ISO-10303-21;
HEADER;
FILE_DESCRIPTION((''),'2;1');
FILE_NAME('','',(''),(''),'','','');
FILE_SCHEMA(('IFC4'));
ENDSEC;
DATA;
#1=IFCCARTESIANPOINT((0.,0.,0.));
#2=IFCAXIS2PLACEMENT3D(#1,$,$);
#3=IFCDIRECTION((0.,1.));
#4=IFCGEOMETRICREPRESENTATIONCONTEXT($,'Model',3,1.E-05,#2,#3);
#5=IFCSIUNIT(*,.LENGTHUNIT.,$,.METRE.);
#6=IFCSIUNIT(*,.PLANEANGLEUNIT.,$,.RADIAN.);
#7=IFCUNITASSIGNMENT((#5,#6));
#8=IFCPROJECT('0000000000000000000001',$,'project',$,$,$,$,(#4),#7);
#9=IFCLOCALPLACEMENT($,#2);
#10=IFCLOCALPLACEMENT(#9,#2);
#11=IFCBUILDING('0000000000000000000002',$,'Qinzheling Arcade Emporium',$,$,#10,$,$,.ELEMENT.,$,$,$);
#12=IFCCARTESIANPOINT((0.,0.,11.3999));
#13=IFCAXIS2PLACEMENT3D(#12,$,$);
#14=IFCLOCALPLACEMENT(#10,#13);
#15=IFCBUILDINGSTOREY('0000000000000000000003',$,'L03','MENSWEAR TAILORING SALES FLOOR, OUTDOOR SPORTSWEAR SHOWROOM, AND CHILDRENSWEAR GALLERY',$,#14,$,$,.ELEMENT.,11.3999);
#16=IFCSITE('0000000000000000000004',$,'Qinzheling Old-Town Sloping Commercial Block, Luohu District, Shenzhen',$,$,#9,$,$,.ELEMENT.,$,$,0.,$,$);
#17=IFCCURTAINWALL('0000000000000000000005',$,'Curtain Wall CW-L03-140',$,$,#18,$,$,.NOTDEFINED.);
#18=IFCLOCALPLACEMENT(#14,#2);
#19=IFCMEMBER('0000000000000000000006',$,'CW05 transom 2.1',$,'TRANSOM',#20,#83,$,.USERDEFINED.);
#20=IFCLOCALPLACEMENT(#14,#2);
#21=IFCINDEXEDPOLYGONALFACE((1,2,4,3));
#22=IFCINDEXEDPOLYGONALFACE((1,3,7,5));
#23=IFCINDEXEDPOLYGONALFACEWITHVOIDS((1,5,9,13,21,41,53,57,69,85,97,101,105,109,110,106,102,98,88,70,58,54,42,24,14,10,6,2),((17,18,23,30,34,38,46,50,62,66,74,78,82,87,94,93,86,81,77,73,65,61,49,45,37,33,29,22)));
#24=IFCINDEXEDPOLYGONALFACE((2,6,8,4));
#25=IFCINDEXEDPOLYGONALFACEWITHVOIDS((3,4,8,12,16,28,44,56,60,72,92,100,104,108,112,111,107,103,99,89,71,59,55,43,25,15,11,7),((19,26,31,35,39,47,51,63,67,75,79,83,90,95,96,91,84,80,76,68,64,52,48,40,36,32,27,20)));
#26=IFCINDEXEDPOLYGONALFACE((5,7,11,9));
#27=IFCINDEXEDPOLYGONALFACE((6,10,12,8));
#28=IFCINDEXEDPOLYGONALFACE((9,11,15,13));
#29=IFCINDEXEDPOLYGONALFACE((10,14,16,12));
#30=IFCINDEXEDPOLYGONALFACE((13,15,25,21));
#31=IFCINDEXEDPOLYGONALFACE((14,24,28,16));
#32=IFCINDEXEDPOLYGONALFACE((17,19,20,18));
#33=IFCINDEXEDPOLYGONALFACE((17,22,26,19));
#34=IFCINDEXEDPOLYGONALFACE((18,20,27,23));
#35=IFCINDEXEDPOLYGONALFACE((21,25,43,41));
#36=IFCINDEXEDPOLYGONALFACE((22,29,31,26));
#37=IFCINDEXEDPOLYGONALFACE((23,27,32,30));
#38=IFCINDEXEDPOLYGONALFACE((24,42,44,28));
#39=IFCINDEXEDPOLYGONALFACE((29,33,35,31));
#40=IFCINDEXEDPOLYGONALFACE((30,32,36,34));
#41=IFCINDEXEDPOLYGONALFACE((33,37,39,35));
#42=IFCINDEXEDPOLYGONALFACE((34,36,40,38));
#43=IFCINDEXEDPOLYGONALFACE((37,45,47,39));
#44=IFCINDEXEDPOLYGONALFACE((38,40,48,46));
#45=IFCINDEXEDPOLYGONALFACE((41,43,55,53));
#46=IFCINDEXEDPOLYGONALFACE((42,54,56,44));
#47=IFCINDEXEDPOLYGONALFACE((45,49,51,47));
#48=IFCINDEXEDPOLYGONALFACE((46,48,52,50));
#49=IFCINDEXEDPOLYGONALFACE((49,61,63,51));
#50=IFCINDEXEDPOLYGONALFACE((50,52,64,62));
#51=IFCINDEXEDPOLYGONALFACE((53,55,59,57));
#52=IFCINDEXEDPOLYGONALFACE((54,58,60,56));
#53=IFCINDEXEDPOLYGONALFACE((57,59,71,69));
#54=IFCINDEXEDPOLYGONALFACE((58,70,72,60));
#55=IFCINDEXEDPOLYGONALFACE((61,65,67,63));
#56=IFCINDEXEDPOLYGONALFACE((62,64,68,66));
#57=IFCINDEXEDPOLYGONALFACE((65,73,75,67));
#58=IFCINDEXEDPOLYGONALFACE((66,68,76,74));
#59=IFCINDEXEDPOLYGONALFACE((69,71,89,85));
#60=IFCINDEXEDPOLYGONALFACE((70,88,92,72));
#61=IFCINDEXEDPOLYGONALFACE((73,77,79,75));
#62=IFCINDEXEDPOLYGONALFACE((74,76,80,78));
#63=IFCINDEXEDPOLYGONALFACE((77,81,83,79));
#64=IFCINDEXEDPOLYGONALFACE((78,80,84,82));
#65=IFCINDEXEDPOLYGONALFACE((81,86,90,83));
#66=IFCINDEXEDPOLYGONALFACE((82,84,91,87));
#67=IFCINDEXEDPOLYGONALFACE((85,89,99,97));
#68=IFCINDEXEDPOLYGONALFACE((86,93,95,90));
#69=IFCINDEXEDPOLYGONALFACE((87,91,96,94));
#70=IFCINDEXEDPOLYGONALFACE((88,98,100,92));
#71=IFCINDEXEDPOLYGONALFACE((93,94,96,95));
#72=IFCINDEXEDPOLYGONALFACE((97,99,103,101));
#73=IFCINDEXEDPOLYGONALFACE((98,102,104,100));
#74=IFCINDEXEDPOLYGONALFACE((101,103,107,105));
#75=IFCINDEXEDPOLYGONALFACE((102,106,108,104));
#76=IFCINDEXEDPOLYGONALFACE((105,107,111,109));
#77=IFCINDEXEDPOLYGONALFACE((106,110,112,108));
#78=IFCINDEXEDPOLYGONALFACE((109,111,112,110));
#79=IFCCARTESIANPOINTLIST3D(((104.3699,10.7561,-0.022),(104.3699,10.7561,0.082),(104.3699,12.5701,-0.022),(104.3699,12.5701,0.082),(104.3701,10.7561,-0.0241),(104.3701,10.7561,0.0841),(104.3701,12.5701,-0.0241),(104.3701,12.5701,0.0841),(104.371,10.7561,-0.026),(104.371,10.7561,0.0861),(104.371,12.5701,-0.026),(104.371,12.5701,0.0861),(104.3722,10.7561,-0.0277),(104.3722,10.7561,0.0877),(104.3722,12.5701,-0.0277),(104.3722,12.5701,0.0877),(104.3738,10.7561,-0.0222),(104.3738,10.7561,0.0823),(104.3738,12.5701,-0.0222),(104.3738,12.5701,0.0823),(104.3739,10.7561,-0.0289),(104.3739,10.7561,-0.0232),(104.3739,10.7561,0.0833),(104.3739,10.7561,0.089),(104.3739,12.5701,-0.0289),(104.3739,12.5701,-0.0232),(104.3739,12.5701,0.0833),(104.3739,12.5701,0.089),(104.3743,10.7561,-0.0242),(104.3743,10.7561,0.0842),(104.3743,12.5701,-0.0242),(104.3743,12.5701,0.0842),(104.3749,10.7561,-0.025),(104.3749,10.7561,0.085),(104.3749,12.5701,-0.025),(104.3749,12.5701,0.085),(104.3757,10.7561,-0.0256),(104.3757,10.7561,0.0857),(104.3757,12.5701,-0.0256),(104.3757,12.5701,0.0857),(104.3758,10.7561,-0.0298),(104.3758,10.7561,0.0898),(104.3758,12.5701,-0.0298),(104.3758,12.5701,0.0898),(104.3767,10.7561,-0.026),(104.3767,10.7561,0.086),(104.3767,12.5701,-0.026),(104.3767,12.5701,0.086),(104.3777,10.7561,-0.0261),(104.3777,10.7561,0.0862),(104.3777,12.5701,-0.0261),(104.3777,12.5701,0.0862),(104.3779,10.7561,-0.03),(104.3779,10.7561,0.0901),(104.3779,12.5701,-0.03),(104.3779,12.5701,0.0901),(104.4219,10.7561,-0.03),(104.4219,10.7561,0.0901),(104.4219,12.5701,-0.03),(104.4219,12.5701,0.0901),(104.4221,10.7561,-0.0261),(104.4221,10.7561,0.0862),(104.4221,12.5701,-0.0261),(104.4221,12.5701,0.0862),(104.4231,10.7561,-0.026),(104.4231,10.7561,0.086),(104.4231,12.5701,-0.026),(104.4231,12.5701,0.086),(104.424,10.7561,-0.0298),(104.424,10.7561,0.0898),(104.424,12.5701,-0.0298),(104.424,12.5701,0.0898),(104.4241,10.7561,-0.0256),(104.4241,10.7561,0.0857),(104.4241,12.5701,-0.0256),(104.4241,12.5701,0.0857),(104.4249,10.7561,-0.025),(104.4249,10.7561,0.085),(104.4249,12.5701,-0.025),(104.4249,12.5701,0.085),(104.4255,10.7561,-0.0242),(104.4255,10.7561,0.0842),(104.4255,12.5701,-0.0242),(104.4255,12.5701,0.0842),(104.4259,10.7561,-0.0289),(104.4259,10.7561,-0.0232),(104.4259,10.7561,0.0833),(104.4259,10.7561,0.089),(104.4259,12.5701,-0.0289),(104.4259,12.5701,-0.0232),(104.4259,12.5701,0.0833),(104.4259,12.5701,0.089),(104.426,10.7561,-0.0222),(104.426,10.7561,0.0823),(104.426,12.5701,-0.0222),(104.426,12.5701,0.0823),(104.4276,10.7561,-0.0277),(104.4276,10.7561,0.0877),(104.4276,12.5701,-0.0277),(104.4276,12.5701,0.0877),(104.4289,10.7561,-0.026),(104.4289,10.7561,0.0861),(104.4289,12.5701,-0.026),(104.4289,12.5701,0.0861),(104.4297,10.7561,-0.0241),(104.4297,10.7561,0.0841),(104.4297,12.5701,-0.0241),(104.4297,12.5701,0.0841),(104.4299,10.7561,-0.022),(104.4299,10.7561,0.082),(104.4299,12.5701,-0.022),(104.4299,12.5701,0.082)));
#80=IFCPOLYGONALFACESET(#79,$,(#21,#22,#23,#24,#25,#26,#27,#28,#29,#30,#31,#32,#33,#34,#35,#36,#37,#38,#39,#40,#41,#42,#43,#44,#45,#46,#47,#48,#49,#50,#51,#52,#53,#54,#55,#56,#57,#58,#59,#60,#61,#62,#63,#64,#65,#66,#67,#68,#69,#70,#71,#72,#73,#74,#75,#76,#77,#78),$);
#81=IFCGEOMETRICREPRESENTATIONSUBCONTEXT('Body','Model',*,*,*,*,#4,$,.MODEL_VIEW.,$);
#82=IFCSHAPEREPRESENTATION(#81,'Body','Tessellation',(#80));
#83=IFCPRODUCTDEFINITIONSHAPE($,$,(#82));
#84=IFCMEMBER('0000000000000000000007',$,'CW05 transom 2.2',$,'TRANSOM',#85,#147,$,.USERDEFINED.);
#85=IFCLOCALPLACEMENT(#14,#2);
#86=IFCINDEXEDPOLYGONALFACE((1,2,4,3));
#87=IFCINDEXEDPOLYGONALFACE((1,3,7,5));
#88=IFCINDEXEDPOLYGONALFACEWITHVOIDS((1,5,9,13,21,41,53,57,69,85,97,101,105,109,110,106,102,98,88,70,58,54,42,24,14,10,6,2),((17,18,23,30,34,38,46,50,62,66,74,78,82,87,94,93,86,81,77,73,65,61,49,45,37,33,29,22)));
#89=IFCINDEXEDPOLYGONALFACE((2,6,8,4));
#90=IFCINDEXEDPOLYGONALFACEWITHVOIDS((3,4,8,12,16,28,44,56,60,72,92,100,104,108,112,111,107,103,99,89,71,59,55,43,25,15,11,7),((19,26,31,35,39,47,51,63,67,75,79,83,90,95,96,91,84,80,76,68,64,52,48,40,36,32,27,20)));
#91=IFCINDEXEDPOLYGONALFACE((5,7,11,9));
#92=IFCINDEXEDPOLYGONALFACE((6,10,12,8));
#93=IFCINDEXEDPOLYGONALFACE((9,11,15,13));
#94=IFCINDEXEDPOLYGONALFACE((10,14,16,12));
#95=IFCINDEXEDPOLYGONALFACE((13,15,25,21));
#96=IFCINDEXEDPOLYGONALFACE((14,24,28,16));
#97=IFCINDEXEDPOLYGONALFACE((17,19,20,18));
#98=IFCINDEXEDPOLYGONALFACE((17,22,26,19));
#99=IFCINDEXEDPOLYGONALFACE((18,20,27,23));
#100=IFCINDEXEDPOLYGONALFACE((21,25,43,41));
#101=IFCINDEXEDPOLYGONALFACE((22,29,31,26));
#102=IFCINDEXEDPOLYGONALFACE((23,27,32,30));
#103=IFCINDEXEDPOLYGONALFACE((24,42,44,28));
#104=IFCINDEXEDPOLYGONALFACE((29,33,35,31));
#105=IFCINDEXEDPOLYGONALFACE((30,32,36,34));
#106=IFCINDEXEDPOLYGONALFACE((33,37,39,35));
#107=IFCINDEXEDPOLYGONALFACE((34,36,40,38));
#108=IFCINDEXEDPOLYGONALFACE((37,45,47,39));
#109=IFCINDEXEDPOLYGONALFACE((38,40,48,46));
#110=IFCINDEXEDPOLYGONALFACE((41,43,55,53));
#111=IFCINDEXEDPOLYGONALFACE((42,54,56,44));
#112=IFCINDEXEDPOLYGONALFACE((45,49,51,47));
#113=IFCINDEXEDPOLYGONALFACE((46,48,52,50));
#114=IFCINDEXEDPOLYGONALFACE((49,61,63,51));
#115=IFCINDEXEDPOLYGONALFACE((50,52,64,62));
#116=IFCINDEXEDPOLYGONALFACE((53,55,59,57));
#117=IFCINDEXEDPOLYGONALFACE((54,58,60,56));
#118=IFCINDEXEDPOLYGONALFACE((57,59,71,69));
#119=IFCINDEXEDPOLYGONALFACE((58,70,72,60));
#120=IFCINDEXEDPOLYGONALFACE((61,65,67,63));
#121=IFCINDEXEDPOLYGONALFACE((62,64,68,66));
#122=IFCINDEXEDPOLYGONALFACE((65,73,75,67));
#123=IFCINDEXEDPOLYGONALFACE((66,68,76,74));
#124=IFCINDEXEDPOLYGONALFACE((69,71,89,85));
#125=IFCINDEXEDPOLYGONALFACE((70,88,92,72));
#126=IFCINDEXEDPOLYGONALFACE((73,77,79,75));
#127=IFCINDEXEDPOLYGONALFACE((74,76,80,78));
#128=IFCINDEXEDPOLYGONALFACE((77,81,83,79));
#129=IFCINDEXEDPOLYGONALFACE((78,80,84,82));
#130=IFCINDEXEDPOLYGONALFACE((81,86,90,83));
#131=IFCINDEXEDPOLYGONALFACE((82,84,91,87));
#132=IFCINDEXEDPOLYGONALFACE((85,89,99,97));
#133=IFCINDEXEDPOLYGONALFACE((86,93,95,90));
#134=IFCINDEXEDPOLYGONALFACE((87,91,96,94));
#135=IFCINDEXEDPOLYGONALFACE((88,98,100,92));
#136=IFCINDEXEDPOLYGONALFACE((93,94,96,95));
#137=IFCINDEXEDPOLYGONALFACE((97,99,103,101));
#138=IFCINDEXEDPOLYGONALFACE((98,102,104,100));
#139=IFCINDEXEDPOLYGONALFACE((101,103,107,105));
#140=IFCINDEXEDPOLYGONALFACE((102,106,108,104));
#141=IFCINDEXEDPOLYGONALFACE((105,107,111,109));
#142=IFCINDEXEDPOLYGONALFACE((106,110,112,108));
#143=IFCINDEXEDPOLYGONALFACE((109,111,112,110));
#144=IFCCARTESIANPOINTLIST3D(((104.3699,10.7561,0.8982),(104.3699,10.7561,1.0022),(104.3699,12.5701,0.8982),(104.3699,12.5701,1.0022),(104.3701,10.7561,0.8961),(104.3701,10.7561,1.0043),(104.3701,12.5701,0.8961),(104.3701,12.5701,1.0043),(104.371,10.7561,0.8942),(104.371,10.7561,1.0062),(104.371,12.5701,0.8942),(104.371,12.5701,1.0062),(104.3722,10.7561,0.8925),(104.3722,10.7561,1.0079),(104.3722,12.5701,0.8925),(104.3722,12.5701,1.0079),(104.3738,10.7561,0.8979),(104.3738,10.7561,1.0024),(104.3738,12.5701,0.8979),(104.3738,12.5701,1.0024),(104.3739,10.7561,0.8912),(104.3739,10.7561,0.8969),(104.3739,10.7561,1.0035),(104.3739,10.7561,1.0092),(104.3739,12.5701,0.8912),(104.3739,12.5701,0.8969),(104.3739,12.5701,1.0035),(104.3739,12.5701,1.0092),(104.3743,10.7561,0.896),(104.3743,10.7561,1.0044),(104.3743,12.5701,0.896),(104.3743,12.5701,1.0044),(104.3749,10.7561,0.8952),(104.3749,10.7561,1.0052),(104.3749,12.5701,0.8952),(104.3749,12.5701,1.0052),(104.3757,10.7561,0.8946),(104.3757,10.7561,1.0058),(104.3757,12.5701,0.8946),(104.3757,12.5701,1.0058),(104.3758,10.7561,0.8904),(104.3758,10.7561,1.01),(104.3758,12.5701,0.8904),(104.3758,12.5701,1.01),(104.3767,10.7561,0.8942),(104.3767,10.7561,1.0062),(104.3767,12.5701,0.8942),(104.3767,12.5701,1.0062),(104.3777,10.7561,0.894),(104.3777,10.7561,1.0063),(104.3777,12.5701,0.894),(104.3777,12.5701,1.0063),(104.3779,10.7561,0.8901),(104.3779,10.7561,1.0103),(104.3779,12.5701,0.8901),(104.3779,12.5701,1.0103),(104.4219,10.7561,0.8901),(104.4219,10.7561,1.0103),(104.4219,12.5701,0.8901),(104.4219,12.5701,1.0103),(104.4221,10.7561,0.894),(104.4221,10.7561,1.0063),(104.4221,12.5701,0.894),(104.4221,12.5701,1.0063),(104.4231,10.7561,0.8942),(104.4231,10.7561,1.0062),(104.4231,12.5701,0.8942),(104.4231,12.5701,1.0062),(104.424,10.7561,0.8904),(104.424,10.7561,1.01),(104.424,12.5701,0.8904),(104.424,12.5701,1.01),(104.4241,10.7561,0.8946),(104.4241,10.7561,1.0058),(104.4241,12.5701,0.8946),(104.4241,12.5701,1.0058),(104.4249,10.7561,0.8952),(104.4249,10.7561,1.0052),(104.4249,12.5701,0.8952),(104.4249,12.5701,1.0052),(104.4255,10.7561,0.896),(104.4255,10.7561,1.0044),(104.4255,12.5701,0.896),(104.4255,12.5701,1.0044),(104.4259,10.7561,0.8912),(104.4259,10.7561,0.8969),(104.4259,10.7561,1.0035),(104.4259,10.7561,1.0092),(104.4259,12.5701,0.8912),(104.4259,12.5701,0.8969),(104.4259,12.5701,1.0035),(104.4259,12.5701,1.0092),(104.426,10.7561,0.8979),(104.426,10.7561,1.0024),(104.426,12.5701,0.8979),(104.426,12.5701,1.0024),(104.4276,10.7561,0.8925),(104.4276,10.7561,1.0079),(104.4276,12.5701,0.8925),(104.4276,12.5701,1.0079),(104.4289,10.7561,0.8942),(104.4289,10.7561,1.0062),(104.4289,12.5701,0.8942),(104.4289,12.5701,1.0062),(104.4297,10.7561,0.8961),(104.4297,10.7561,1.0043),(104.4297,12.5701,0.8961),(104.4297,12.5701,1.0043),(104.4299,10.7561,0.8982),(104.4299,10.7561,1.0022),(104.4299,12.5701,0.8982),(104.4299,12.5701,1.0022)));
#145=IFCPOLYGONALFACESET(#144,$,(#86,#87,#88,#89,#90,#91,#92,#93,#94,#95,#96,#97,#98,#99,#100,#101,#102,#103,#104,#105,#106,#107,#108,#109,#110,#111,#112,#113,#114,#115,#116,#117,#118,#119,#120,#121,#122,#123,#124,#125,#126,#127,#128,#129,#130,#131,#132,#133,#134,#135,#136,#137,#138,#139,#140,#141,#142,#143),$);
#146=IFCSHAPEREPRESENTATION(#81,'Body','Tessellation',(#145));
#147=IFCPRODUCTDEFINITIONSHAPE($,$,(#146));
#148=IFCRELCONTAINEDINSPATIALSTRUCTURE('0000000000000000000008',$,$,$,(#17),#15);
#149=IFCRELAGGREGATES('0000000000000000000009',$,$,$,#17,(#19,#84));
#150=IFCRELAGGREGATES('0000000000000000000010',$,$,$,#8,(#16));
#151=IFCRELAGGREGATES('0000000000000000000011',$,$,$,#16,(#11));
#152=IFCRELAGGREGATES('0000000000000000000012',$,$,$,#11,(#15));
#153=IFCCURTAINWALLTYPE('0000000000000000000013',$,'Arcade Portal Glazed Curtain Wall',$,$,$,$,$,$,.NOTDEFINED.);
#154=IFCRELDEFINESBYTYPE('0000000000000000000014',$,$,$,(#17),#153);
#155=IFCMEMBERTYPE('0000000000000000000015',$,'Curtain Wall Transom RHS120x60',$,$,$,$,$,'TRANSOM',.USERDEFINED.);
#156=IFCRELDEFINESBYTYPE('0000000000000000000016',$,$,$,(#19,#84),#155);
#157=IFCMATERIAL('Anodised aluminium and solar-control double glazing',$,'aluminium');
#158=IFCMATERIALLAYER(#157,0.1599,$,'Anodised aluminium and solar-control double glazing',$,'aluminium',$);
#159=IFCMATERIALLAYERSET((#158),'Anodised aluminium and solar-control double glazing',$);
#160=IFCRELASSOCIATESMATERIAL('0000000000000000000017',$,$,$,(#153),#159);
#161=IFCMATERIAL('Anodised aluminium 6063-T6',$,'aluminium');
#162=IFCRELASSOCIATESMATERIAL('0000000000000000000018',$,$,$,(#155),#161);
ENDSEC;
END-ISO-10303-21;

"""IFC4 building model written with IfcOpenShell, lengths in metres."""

from ifc_helpers import new_model, si_unit, direction, frame, origin, origin_2d, place, context, subcontext, project, spatial, hollow_rectangle, extrude, material, layer, layer_set, material_profile, profile_set, type_object, element, aggregate, save


model = new_model("IFC4")

# Units and contexts
model_context = context("Model", 3, precision=1e-05, world=origin(), true_north=direction((0.0, 1.0)))
body_context = subcontext(model_context, "Body", "Model", "MODEL_VIEW")
ifc_project = project(units=[si_unit("LENGTHUNIT", "METRE"), si_unit("PLANEANGLEUNIT", "RADIAN")], contexts=[model_context])

# Site, building, storey
site_placement = place(None, origin())
site = spatial("IfcSite", under=ifc_project, at=site_placement, Name="Qinzheling Old-Town Sloping Commercial Block, Luohu District, Shenzhen", CompositionType="ELEMENT", RefElevation=0.0)
building_placement = place(site_placement, origin())
building = spatial("IfcBuilding", under=site, at=building_placement, Name="Qinzheling Arcade Emporium", CompositionType="ELEMENT")
storey_placement = place(building_placement, frame((0.0, 0.0, 11.3999)))
storey = spatial("IfcBuildingStorey", under=building, at=storey_placement, Name="L03", Description="MENSWEAR TAILORING SALES FLOOR, OUTDOOR SPORTSWEAR SHOWROOM, AND CHILDRENSWEAR GALLERY", CompositionType="ELEMENT", Elevation=11.3999)

# Curtain wall, members
ifc_material_1 = material(Name="Anodised aluminium and solar-control double glazing", Category="aluminium")
ifc_layer_1 = layer(ifc_material_1, 0.1599, Name="Anodised aluminium and solar-control double glazing", Category="aluminium")
ifc_layer_set_1 = layer_set([ifc_layer_1], Name="Anodised aluminium and solar-control double glazing")
curtain_wall_type = type_object("IfcCurtainWallType", Name="Arcade Portal Glazed Curtain Wall", PredefinedType="NOTDEFINED", material=ifc_layer_set_1)
curtain_wall_placement = place(storey_placement, origin())
curtain_wall = element("IfcCurtainWall", 1, at=curtain_wall_placement, inside=storey, type_object=curtain_wall_type, Name="Curtain Wall CW-L03-140", PredefinedType="NOTDEFINED")
ifc_material_2 = material(Name="Anodised aluminium 6063-T6", Category="aluminium")
ifc_material_profile_1 = material_profile(ifc_material_2, hollow_rectangle(XDim=0.0601, YDim=0.1201, WallThickness=0.0039, InnerFilletRadius=0.0039, OuterFilletRadius=0.0081, at=origin_2d()), Name="RHS 120x60x4", Category="aluminium")
ifc_profile_set_1 = profile_set([ifc_material_profile_1], Name="Anodised aluminium 6063-T6")
member_type_1 = type_object("IfcMemberType", Name="Curtain Wall Transom RHS120x60", ElementType="TRANSOM", PredefinedType="USERDEFINED", material=ifc_profile_set_1)
member_1_placement = place(storey_placement, frame((104.3999, 10.7561, 0.03), z_axis=(0.0, 1.0, 0.0), x_axis=(-1.0, 0.0, 0.0)))
member_1 = element("IfcMember", 2, at=member_1_placement, type_object=member_type_1, Name="CW05 transom 2.1", ObjectType="TRANSOM", PredefinedType="USERDEFINED", context=body_context, shape_type="SweptSolid", body=[
    extrude(hollow_rectangle(XDim=0.0601, YDim=0.1201, WallThickness=0.0039, InnerFilletRadius=0.0039, OuterFilletRadius=0.0081, at=origin_2d()), origin(), (0.0, 0.0, 1.0), 1.814),
])
member_2_placement = place(storey_placement, frame((104.3999, 10.7561, 0.9502), z_axis=(0.0, 1.0, 0.0), x_axis=(-1.0, 0.0, 0.0)))
member_2 = element("IfcMember", 3, at=member_2_placement, type_object=member_type_1, Name="CW05 transom 2.2", ObjectType="TRANSOM", PredefinedType="USERDEFINED", context=body_context, shape_type="SweptSolid", body=[
    extrude(hollow_rectangle(XDim=0.0601, YDim=0.1201, WallThickness=0.0039, InnerFilletRadius=0.0039, OuterFilletRadius=0.0081, at=origin_2d()), origin(), (0.0, 0.0, 1.0), 1.814),
])
aggregate(curtain_wall, [member_1, member_2])

save(model, "model.ifc")
